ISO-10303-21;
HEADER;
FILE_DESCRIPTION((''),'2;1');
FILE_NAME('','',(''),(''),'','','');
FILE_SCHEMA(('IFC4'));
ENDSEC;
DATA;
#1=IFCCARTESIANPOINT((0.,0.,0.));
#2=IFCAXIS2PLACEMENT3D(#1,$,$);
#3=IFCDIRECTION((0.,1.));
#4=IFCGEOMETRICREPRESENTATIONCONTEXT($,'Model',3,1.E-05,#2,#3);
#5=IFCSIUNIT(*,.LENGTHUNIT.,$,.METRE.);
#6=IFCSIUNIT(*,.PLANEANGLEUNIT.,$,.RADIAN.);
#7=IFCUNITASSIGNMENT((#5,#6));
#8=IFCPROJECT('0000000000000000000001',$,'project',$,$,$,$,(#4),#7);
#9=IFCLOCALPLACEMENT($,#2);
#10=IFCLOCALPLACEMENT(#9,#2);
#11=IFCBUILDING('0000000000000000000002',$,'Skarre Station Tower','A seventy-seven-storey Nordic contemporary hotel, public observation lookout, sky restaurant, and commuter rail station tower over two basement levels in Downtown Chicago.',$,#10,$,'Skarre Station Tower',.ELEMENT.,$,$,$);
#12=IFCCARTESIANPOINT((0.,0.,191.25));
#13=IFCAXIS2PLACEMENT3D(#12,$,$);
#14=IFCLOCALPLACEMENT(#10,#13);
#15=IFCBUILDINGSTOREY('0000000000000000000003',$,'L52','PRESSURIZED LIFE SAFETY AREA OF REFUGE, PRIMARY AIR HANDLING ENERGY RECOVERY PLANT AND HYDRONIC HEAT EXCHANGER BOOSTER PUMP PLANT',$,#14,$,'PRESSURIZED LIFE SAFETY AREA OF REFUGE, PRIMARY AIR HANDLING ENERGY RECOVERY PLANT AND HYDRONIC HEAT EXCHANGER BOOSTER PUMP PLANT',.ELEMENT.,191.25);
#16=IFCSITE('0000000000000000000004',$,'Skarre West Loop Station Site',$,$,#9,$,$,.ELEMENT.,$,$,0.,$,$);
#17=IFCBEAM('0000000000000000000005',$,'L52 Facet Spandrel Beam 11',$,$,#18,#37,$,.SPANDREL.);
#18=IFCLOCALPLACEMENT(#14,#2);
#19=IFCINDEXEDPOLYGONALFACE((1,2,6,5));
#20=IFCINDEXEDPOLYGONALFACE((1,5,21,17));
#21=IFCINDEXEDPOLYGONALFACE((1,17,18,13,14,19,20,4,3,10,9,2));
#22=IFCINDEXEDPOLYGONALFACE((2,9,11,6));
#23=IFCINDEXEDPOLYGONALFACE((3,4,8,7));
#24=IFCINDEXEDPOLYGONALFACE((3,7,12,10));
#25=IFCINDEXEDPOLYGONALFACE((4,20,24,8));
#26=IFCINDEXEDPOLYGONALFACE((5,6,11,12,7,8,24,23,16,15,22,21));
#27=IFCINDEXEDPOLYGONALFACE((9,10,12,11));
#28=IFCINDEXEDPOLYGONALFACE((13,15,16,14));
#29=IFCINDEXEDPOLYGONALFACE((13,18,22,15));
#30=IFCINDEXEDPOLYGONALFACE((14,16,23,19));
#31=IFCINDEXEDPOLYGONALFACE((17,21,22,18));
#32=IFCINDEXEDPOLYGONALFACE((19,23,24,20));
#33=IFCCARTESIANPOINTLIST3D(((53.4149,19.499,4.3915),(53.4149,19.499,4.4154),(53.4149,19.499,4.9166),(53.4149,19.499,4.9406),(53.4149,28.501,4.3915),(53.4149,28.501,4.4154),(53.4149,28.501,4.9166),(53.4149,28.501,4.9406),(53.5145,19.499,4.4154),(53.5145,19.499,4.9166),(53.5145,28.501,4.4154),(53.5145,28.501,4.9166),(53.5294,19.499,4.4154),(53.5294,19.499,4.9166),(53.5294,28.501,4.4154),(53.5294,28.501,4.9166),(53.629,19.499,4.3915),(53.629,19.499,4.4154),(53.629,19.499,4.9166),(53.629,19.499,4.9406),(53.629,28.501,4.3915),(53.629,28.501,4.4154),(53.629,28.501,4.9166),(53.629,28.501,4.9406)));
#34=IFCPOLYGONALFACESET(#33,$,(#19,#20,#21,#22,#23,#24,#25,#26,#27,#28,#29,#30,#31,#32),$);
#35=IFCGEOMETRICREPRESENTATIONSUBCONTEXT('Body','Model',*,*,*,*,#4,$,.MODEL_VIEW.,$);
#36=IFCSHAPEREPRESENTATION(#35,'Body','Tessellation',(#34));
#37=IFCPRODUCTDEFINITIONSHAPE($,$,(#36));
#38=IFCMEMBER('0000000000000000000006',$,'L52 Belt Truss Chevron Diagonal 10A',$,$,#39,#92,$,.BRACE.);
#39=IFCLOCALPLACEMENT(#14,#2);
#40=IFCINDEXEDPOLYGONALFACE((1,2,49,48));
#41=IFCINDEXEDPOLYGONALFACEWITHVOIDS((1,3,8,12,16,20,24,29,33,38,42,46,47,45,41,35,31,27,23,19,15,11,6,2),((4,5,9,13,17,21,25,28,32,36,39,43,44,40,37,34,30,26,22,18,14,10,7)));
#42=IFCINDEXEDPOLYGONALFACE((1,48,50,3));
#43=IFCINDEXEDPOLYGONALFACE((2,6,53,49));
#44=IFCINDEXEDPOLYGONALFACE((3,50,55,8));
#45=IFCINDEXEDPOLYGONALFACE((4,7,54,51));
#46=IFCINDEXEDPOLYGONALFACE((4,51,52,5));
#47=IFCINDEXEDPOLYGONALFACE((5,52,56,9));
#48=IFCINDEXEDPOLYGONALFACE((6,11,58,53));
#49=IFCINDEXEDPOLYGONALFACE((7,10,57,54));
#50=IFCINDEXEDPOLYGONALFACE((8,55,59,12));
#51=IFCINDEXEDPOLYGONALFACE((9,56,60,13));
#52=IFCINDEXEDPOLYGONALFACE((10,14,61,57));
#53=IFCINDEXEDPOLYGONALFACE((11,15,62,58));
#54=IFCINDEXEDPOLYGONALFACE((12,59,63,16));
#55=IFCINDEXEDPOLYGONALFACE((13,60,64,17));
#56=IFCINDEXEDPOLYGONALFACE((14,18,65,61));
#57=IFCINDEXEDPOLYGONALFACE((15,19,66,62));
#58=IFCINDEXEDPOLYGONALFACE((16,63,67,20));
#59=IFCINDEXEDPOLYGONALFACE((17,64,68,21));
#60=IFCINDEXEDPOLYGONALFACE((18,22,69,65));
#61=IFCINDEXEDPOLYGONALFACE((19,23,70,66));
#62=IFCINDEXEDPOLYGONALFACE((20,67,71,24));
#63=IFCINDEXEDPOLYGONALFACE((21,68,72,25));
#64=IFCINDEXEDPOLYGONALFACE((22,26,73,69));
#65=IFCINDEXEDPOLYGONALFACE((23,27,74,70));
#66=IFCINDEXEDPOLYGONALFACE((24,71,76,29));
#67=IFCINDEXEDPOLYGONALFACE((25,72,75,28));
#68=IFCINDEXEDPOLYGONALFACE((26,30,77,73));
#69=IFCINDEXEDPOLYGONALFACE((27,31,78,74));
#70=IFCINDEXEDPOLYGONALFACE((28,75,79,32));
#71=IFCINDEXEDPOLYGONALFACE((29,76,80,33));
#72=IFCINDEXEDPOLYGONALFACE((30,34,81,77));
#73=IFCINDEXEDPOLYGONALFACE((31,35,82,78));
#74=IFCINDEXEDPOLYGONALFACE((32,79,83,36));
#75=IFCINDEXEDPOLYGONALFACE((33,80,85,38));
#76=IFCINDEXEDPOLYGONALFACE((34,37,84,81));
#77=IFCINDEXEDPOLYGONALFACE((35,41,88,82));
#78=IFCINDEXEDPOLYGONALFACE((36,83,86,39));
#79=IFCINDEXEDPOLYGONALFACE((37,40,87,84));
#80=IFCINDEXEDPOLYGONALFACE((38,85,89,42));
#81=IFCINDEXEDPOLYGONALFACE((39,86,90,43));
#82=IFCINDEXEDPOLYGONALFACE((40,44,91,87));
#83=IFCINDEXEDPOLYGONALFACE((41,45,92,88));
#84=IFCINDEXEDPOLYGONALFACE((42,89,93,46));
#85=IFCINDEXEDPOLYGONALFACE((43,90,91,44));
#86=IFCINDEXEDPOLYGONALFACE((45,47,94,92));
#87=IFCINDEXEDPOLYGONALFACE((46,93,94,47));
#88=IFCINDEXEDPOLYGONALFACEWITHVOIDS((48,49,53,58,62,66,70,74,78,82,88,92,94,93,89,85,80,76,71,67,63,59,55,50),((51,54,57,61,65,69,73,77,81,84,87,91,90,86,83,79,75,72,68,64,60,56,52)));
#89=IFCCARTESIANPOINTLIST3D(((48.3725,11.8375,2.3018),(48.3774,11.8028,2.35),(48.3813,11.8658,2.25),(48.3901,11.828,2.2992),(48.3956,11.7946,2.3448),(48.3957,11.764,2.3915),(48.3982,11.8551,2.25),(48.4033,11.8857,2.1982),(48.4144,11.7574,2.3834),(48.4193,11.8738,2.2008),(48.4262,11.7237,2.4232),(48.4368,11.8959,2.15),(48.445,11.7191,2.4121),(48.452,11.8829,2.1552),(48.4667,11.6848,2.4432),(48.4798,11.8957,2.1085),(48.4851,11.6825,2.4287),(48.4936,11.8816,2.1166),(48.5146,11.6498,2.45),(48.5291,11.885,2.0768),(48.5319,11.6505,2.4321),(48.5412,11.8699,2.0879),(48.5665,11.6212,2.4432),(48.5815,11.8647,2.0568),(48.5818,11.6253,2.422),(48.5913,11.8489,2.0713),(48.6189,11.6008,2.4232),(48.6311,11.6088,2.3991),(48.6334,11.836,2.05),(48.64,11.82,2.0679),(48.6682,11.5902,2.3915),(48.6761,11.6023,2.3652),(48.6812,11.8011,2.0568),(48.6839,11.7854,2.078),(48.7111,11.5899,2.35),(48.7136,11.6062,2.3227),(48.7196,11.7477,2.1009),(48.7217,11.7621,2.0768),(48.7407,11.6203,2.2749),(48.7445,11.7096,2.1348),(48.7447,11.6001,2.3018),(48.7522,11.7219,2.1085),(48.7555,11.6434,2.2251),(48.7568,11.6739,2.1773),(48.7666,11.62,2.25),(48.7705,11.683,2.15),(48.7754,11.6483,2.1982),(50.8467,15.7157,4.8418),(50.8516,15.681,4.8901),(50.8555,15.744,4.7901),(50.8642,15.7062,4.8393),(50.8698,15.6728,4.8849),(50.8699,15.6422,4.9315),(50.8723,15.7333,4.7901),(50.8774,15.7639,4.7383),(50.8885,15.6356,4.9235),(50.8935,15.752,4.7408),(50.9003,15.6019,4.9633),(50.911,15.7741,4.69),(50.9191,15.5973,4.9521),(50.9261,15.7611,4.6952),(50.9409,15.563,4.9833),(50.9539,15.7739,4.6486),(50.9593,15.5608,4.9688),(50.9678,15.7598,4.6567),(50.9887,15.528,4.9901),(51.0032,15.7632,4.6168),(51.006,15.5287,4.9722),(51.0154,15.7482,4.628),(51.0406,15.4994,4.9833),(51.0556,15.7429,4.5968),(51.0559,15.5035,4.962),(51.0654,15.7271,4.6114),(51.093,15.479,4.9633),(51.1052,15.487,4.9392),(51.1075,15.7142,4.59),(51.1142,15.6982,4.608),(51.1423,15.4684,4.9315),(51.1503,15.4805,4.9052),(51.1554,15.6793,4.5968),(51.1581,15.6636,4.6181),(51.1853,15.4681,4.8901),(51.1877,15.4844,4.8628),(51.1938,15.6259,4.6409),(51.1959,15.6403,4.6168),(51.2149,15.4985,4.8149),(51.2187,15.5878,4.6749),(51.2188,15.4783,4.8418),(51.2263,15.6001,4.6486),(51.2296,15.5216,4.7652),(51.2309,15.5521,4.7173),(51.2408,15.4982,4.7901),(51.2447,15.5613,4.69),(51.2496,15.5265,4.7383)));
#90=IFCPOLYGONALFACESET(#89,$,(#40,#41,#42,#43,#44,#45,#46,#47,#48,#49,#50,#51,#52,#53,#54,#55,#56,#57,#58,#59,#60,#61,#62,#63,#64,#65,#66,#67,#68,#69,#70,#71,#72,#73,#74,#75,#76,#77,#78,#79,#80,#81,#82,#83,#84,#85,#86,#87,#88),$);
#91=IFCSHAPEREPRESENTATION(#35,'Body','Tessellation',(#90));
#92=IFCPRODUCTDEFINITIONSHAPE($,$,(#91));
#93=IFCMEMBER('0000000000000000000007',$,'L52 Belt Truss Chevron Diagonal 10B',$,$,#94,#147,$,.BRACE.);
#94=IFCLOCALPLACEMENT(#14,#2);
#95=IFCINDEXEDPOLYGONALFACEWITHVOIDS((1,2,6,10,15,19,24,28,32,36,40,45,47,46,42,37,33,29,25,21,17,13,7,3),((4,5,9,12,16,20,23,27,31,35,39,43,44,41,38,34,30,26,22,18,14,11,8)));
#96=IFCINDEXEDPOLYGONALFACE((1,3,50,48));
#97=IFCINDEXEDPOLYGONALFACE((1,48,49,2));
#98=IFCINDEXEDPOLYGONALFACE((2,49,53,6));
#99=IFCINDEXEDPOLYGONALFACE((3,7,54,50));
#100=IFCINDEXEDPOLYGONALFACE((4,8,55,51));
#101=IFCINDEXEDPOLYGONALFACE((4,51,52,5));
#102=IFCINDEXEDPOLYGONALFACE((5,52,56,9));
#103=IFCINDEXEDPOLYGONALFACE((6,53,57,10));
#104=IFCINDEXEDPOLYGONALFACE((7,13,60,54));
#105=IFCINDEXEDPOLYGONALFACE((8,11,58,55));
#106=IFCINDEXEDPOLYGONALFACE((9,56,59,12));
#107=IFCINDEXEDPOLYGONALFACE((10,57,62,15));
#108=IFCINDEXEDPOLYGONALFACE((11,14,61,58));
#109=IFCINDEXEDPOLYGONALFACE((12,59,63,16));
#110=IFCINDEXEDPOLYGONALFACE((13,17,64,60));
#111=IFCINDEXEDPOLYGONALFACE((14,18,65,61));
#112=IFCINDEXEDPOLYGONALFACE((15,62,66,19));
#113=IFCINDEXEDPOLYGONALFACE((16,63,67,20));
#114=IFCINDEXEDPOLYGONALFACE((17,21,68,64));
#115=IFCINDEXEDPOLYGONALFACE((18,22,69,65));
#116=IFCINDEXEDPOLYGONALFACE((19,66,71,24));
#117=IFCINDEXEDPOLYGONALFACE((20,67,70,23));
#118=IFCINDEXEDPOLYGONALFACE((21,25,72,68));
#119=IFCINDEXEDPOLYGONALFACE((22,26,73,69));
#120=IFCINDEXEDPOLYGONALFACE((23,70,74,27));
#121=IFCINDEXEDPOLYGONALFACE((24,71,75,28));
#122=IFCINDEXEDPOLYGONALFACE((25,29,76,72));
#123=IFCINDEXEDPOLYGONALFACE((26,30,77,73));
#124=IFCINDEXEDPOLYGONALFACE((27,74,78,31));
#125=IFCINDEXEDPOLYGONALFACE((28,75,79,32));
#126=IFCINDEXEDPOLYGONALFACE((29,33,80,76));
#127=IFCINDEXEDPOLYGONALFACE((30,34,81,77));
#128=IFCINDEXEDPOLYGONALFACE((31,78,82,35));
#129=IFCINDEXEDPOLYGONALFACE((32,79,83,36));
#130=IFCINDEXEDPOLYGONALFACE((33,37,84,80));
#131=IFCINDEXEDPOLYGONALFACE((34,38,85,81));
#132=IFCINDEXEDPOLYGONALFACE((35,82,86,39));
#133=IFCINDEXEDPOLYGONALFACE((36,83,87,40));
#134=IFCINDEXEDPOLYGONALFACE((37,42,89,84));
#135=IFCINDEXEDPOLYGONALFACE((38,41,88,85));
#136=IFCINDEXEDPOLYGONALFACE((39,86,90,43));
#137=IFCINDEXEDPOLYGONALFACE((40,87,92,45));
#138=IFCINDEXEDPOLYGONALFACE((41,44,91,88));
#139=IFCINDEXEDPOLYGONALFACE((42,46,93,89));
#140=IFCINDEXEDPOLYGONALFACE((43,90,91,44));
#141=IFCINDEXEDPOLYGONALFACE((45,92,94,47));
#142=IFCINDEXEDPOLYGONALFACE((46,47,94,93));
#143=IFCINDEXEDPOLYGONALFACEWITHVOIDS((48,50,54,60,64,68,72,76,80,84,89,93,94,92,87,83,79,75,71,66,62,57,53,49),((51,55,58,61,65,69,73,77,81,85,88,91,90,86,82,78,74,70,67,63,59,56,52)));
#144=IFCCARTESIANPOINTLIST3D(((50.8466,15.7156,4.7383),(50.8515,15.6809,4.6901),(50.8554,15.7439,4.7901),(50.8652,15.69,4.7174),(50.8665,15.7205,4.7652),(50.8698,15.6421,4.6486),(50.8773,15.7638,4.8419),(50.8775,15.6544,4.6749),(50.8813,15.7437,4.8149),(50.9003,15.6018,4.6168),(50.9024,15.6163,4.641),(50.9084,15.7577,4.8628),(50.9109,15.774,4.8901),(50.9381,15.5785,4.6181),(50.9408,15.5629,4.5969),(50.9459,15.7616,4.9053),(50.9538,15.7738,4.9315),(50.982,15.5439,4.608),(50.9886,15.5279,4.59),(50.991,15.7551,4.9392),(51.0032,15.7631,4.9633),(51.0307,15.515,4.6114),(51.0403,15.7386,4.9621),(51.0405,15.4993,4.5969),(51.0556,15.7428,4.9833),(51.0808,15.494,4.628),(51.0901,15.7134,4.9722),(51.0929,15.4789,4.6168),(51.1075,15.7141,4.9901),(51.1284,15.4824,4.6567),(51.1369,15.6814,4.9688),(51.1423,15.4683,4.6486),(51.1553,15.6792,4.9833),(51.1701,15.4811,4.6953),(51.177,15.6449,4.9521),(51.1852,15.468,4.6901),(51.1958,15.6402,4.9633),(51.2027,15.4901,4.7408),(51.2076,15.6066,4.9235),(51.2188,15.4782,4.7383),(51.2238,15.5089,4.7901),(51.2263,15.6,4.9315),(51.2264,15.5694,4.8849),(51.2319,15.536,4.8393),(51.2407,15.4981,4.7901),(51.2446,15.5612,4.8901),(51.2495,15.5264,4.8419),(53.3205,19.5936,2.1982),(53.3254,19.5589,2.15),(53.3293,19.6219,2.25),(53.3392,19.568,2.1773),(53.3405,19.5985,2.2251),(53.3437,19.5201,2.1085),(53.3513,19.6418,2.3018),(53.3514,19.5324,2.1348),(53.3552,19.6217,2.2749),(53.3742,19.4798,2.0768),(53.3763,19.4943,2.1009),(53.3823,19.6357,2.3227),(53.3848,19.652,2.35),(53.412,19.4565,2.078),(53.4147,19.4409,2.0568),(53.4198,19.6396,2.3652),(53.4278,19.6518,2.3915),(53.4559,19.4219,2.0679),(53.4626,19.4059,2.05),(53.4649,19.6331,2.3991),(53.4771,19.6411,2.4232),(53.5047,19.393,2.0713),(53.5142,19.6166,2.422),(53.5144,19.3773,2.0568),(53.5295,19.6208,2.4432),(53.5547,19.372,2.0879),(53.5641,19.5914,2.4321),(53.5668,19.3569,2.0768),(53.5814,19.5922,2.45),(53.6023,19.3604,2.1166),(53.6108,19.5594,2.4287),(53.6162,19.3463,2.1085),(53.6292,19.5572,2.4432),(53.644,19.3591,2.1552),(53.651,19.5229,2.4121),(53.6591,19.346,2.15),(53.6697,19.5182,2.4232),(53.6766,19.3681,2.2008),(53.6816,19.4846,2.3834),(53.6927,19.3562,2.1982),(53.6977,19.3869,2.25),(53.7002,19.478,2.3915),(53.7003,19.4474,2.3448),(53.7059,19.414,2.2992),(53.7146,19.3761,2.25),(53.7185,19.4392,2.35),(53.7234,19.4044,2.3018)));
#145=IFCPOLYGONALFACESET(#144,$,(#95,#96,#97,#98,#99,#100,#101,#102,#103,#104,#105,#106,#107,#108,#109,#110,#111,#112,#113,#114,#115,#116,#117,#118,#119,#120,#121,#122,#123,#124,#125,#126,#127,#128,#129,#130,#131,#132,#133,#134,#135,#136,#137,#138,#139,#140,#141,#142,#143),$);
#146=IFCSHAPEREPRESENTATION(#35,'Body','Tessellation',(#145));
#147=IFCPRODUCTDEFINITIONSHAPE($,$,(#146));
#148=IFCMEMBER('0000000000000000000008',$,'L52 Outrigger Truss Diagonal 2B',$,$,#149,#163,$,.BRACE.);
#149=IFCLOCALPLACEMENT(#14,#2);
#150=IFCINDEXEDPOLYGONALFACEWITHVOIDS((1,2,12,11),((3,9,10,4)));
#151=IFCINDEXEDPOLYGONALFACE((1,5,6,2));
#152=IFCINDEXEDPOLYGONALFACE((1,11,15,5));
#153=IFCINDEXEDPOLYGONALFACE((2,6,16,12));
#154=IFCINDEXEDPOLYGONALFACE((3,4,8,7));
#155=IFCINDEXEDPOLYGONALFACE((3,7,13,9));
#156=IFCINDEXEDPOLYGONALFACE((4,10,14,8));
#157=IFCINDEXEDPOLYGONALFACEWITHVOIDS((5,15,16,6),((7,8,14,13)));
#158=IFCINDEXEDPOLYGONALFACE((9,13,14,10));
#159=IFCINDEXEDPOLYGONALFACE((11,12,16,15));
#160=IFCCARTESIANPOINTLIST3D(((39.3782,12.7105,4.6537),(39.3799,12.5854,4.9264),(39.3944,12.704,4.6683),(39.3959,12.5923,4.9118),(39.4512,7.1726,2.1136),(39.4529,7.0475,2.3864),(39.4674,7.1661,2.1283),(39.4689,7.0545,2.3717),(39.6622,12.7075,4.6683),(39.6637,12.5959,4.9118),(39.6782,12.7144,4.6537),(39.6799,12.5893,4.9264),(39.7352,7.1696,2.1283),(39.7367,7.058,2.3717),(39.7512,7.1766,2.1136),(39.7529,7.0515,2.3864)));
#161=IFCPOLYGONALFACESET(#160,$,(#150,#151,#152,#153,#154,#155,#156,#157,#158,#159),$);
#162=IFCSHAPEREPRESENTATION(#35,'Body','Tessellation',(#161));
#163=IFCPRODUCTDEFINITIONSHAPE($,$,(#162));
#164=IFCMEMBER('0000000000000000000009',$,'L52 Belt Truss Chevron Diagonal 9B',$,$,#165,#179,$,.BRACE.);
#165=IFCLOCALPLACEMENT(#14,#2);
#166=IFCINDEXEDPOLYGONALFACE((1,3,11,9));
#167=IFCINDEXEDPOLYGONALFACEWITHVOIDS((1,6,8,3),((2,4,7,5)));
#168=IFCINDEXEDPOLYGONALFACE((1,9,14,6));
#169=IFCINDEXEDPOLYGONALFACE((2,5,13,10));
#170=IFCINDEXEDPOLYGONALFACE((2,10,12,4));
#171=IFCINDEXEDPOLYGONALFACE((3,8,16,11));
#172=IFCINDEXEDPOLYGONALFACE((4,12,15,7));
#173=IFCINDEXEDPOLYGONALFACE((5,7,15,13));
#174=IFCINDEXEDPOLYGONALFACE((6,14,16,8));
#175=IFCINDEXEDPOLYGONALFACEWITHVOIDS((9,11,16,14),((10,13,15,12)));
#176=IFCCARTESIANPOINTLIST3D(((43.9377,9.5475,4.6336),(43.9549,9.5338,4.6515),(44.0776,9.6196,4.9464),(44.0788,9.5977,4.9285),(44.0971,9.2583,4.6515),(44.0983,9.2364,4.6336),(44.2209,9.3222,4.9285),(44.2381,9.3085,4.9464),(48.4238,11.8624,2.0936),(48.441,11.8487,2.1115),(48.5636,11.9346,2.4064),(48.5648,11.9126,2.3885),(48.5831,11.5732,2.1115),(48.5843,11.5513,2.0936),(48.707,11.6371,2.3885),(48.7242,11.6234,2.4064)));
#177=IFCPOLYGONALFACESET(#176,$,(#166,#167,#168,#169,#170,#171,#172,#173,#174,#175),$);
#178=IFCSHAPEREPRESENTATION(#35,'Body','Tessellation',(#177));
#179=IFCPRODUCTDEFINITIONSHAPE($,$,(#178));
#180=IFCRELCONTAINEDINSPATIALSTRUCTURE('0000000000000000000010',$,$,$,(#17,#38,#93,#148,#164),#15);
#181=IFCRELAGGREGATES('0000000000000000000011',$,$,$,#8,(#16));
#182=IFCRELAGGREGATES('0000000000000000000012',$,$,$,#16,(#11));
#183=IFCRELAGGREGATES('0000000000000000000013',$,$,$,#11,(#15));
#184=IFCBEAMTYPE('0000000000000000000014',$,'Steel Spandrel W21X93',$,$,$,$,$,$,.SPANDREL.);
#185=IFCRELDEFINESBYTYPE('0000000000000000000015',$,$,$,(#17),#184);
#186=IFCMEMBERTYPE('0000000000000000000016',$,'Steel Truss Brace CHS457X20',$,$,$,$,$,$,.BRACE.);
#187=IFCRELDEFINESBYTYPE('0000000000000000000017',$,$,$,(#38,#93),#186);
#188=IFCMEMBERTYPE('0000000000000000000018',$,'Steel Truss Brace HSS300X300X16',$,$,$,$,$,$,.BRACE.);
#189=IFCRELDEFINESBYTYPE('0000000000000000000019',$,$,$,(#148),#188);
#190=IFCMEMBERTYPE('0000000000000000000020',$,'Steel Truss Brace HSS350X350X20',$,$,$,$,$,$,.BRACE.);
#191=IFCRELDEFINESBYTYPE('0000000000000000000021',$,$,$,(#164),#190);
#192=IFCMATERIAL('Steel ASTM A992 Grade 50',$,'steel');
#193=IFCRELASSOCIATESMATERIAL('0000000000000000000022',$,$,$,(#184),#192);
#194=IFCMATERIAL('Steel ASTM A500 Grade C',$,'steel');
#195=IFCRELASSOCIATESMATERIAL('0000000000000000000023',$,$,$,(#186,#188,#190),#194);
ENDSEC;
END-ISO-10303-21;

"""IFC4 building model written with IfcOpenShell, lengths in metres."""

from ifc_helpers import new_model, si_unit, direction, frame, origin, origin_2d, place, context, subcontext, project, spatial, hollow_rectangle, hollow_circle, i_section, extrude, material, material_profile, profile_set, type_object, element, save


model = new_model("IFC4")

# Units and contexts
model_context = context("Model", 3, precision=1e-05, world=origin(), true_north=direction((0.0, 1.0)))
body_context = subcontext(model_context, "Body", "Model", "MODEL_VIEW")
ifc_project = project(units=[si_unit("LENGTHUNIT", "METRE"), si_unit("PLANEANGLEUNIT", "RADIAN")], contexts=[model_context])

# Site, building, storey
site_placement = place(None, origin())
site = spatial("IfcSite", under=ifc_project, at=site_placement, Name="Skarre West Loop Station Site", CompositionType="ELEMENT", RefElevation=0.0)
building_placement = place(site_placement, origin())
building = spatial("IfcBuilding", under=site, at=building_placement, Name="Skarre Station Tower", Description="A seventy-seven-storey Nordic contemporary hotel, public observation lookout, sky restaurant, and commuter rail station tower over two basement levels in Downtown Chicago.", LongName="Skarre Station Tower", CompositionType="ELEMENT")
storey_placement = place(building_placement, frame((0.0, 0.0, 191.25)))
storey = spatial("IfcBuildingStorey", under=building, at=storey_placement, Name="L52", Description="PRESSURIZED LIFE SAFETY AREA OF REFUGE, PRIMARY AIR HANDLING ENERGY RECOVERY PLANT AND HYDRONIC HEAT EXCHANGER BOOSTER PUMP PLANT", LongName="PRESSURIZED LIFE SAFETY AREA OF REFUGE, PRIMARY AIR HANDLING ENERGY RECOVERY PLANT AND HYDRONIC HEAT EXCHANGER BOOSTER PUMP PLANT", CompositionType="ELEMENT", Elevation=191.25)

# Beam
ifc_material_1 = material(Name="Steel ASTM A992 Grade 50", Category="steel")
ifc_material_profile_1 = material_profile(ifc_material_1, i_section(OverallWidth=0.2141, OverallDepth=0.5491, WebThickness=0.0149, FlangeThickness=0.0239, at=origin_2d()), Name="Steel ASTM A992 Grade 50")
ifc_profile_set_1 = profile_set([ifc_material_profile_1], Name="Steel ASTM A992 Grade 50")
beam_type_1 = type_object("IfcBeamType", Name="Steel Spandrel W21X93", PredefinedType="SPANDREL", material=ifc_profile_set_1)
beam_1_placement = place(storey_placement, frame((53.522, 19.499, 4.666), z_axis=(0.0, 1.0, 0.0), x_axis=(-1.0, 0.0, 0.0)))
element("IfcBeam", 1, at=beam_1_placement, inside=storey, type_object=beam_type_1, Name="L52 Facet Spandrel Beam 11", PredefinedType="SPANDREL", context=body_context, shape_type="SweptSolid", body=[
    extrude(i_section(OverallWidth=0.2141, OverallDepth=0.5491, WebThickness=0.0149, FlangeThickness=0.0239, at=origin_2d()), origin(), (0.0, 0.0, 1.0), 9.002),
])

# Members
ifc_material_2 = material(Name="Steel ASTM A500 Grade C", Category="steel")
ifc_material_profile_2 = material_profile(ifc_material_2, hollow_circle(Radius=0.2285, WallThickness=0.02, at=origin_2d()), Name="Steel ASTM A500 Grade C")
ifc_profile_set_2 = profile_set([ifc_material_profile_2], Name="Steel ASTM A500 Grade C")
member_type_1 = type_object("IfcMemberType", Name="Steel Truss Brace CHS457X20", PredefinedType="BRACE", material=ifc_profile_set_2)
member_1_placement = place(storey_placement, frame((48.574, 11.7429, 2.25), z_axis=(0.470827, 0.73802, 0.483372), x_axis=(-0.843051, 0.537833, 0.0)))
element("IfcMember", 2, at=member_1_placement, inside=storey, type_object=member_type_1, Name="L52 Belt Truss Chevron Diagonal 10A", PredefinedType="BRACE", context=body_context, shape_type="SweptSolid", body=[
    extrude(hollow_circle(Radius=0.2285, WallThickness=0.02, at=origin_2d()), origin(), (0.0, 0.0, 1.0), 5.2549),
])
member_2_placement = place(storey_placement, frame((53.522, 19.499, 2.25), z_axis=(-0.470807, -0.738015, 0.483399), x_axis=(0.84306, -0.53782, 0.0)))
element("IfcMember", 3, at=member_2_placement, inside=storey, type_object=member_type_1, Name="L52 Belt Truss Chevron Diagonal 10B", PredefinedType="BRACE", context=body_context, shape_type="SweptSolid", body=[
    extrude(hollow_circle(Radius=0.2285, WallThickness=0.02, at=origin_2d()), origin(), (0.0, 0.0, 1.0), 5.2546),
])
ifc_material_profile_3 = material_profile(ifc_material_2, hollow_rectangle(XDim=0.3, YDim=0.3, WallThickness=0.0161, at=origin_2d()), Name="Steel ASTM A500 Grade C")
ifc_profile_set_3 = profile_set([ifc_material_profile_3], Name="Steel ASTM A500 Grade C")
member_type_2 = type_object("IfcMemberType", Name="Steel Truss Brace HSS300X300X16", PredefinedType="BRACE", material=ifc_profile_set_3)
member_3_placement = place(storey_placement, frame((39.6021, 7.1121, 2.25), z_axis=(-0.011981, 0.908884, 0.416877), x_axis=(-0.999913, -0.013181, 0.0)))
element("IfcMember", 4, at=member_3_placement, inside=storey, type_object=member_type_2, Name="L52 Outrigger Truss Diagonal 2B", PredefinedType="BRACE", context=body_context, shape_type="SweptSolid", body=[
    extrude(hollow_rectangle(XDim=0.3, YDim=0.3, WallThickness=0.0161, at=origin_2d()), origin(), (0.0, 0.0, 1.0), 6.093),
])
ifc_material_profile_4 = material_profile(ifc_material_2, hollow_rectangle(XDim=0.3501, YDim=0.3501, WallThickness=0.02, at=origin_2d()), Name="Steel ASTM A500 Grade C")
ifc_profile_set_4 = profile_set([ifc_material_profile_4], Name="Steel ASTM A500 Grade C")
member_type_3 = type_object("IfcMemberType", Name="Steel Truss Brace HSS350X350X20", PredefinedType="BRACE", material=ifc_profile_set_4)
member_4_placement = place(storey_placement, frame((48.574, 11.7429, 2.25), z_axis=(-0.793833, -0.409639, 0.449472), x_axis=(0.458571, -0.888658, 0.0)))
element("IfcMember", 5, at=member_4_placement, inside=storey, type_object=member_type_3, Name="L52 Belt Truss Chevron Diagonal 9B", PredefinedType="BRACE", context=body_context, shape_type="SweptSolid", body=[
    extrude(hollow_rectangle(XDim=0.3501, YDim=0.3501, WallThickness=0.02, at=origin_2d()), origin(), (0.0, 0.0, 1.0), 5.6511),
])

save(model, "model.ifc")
